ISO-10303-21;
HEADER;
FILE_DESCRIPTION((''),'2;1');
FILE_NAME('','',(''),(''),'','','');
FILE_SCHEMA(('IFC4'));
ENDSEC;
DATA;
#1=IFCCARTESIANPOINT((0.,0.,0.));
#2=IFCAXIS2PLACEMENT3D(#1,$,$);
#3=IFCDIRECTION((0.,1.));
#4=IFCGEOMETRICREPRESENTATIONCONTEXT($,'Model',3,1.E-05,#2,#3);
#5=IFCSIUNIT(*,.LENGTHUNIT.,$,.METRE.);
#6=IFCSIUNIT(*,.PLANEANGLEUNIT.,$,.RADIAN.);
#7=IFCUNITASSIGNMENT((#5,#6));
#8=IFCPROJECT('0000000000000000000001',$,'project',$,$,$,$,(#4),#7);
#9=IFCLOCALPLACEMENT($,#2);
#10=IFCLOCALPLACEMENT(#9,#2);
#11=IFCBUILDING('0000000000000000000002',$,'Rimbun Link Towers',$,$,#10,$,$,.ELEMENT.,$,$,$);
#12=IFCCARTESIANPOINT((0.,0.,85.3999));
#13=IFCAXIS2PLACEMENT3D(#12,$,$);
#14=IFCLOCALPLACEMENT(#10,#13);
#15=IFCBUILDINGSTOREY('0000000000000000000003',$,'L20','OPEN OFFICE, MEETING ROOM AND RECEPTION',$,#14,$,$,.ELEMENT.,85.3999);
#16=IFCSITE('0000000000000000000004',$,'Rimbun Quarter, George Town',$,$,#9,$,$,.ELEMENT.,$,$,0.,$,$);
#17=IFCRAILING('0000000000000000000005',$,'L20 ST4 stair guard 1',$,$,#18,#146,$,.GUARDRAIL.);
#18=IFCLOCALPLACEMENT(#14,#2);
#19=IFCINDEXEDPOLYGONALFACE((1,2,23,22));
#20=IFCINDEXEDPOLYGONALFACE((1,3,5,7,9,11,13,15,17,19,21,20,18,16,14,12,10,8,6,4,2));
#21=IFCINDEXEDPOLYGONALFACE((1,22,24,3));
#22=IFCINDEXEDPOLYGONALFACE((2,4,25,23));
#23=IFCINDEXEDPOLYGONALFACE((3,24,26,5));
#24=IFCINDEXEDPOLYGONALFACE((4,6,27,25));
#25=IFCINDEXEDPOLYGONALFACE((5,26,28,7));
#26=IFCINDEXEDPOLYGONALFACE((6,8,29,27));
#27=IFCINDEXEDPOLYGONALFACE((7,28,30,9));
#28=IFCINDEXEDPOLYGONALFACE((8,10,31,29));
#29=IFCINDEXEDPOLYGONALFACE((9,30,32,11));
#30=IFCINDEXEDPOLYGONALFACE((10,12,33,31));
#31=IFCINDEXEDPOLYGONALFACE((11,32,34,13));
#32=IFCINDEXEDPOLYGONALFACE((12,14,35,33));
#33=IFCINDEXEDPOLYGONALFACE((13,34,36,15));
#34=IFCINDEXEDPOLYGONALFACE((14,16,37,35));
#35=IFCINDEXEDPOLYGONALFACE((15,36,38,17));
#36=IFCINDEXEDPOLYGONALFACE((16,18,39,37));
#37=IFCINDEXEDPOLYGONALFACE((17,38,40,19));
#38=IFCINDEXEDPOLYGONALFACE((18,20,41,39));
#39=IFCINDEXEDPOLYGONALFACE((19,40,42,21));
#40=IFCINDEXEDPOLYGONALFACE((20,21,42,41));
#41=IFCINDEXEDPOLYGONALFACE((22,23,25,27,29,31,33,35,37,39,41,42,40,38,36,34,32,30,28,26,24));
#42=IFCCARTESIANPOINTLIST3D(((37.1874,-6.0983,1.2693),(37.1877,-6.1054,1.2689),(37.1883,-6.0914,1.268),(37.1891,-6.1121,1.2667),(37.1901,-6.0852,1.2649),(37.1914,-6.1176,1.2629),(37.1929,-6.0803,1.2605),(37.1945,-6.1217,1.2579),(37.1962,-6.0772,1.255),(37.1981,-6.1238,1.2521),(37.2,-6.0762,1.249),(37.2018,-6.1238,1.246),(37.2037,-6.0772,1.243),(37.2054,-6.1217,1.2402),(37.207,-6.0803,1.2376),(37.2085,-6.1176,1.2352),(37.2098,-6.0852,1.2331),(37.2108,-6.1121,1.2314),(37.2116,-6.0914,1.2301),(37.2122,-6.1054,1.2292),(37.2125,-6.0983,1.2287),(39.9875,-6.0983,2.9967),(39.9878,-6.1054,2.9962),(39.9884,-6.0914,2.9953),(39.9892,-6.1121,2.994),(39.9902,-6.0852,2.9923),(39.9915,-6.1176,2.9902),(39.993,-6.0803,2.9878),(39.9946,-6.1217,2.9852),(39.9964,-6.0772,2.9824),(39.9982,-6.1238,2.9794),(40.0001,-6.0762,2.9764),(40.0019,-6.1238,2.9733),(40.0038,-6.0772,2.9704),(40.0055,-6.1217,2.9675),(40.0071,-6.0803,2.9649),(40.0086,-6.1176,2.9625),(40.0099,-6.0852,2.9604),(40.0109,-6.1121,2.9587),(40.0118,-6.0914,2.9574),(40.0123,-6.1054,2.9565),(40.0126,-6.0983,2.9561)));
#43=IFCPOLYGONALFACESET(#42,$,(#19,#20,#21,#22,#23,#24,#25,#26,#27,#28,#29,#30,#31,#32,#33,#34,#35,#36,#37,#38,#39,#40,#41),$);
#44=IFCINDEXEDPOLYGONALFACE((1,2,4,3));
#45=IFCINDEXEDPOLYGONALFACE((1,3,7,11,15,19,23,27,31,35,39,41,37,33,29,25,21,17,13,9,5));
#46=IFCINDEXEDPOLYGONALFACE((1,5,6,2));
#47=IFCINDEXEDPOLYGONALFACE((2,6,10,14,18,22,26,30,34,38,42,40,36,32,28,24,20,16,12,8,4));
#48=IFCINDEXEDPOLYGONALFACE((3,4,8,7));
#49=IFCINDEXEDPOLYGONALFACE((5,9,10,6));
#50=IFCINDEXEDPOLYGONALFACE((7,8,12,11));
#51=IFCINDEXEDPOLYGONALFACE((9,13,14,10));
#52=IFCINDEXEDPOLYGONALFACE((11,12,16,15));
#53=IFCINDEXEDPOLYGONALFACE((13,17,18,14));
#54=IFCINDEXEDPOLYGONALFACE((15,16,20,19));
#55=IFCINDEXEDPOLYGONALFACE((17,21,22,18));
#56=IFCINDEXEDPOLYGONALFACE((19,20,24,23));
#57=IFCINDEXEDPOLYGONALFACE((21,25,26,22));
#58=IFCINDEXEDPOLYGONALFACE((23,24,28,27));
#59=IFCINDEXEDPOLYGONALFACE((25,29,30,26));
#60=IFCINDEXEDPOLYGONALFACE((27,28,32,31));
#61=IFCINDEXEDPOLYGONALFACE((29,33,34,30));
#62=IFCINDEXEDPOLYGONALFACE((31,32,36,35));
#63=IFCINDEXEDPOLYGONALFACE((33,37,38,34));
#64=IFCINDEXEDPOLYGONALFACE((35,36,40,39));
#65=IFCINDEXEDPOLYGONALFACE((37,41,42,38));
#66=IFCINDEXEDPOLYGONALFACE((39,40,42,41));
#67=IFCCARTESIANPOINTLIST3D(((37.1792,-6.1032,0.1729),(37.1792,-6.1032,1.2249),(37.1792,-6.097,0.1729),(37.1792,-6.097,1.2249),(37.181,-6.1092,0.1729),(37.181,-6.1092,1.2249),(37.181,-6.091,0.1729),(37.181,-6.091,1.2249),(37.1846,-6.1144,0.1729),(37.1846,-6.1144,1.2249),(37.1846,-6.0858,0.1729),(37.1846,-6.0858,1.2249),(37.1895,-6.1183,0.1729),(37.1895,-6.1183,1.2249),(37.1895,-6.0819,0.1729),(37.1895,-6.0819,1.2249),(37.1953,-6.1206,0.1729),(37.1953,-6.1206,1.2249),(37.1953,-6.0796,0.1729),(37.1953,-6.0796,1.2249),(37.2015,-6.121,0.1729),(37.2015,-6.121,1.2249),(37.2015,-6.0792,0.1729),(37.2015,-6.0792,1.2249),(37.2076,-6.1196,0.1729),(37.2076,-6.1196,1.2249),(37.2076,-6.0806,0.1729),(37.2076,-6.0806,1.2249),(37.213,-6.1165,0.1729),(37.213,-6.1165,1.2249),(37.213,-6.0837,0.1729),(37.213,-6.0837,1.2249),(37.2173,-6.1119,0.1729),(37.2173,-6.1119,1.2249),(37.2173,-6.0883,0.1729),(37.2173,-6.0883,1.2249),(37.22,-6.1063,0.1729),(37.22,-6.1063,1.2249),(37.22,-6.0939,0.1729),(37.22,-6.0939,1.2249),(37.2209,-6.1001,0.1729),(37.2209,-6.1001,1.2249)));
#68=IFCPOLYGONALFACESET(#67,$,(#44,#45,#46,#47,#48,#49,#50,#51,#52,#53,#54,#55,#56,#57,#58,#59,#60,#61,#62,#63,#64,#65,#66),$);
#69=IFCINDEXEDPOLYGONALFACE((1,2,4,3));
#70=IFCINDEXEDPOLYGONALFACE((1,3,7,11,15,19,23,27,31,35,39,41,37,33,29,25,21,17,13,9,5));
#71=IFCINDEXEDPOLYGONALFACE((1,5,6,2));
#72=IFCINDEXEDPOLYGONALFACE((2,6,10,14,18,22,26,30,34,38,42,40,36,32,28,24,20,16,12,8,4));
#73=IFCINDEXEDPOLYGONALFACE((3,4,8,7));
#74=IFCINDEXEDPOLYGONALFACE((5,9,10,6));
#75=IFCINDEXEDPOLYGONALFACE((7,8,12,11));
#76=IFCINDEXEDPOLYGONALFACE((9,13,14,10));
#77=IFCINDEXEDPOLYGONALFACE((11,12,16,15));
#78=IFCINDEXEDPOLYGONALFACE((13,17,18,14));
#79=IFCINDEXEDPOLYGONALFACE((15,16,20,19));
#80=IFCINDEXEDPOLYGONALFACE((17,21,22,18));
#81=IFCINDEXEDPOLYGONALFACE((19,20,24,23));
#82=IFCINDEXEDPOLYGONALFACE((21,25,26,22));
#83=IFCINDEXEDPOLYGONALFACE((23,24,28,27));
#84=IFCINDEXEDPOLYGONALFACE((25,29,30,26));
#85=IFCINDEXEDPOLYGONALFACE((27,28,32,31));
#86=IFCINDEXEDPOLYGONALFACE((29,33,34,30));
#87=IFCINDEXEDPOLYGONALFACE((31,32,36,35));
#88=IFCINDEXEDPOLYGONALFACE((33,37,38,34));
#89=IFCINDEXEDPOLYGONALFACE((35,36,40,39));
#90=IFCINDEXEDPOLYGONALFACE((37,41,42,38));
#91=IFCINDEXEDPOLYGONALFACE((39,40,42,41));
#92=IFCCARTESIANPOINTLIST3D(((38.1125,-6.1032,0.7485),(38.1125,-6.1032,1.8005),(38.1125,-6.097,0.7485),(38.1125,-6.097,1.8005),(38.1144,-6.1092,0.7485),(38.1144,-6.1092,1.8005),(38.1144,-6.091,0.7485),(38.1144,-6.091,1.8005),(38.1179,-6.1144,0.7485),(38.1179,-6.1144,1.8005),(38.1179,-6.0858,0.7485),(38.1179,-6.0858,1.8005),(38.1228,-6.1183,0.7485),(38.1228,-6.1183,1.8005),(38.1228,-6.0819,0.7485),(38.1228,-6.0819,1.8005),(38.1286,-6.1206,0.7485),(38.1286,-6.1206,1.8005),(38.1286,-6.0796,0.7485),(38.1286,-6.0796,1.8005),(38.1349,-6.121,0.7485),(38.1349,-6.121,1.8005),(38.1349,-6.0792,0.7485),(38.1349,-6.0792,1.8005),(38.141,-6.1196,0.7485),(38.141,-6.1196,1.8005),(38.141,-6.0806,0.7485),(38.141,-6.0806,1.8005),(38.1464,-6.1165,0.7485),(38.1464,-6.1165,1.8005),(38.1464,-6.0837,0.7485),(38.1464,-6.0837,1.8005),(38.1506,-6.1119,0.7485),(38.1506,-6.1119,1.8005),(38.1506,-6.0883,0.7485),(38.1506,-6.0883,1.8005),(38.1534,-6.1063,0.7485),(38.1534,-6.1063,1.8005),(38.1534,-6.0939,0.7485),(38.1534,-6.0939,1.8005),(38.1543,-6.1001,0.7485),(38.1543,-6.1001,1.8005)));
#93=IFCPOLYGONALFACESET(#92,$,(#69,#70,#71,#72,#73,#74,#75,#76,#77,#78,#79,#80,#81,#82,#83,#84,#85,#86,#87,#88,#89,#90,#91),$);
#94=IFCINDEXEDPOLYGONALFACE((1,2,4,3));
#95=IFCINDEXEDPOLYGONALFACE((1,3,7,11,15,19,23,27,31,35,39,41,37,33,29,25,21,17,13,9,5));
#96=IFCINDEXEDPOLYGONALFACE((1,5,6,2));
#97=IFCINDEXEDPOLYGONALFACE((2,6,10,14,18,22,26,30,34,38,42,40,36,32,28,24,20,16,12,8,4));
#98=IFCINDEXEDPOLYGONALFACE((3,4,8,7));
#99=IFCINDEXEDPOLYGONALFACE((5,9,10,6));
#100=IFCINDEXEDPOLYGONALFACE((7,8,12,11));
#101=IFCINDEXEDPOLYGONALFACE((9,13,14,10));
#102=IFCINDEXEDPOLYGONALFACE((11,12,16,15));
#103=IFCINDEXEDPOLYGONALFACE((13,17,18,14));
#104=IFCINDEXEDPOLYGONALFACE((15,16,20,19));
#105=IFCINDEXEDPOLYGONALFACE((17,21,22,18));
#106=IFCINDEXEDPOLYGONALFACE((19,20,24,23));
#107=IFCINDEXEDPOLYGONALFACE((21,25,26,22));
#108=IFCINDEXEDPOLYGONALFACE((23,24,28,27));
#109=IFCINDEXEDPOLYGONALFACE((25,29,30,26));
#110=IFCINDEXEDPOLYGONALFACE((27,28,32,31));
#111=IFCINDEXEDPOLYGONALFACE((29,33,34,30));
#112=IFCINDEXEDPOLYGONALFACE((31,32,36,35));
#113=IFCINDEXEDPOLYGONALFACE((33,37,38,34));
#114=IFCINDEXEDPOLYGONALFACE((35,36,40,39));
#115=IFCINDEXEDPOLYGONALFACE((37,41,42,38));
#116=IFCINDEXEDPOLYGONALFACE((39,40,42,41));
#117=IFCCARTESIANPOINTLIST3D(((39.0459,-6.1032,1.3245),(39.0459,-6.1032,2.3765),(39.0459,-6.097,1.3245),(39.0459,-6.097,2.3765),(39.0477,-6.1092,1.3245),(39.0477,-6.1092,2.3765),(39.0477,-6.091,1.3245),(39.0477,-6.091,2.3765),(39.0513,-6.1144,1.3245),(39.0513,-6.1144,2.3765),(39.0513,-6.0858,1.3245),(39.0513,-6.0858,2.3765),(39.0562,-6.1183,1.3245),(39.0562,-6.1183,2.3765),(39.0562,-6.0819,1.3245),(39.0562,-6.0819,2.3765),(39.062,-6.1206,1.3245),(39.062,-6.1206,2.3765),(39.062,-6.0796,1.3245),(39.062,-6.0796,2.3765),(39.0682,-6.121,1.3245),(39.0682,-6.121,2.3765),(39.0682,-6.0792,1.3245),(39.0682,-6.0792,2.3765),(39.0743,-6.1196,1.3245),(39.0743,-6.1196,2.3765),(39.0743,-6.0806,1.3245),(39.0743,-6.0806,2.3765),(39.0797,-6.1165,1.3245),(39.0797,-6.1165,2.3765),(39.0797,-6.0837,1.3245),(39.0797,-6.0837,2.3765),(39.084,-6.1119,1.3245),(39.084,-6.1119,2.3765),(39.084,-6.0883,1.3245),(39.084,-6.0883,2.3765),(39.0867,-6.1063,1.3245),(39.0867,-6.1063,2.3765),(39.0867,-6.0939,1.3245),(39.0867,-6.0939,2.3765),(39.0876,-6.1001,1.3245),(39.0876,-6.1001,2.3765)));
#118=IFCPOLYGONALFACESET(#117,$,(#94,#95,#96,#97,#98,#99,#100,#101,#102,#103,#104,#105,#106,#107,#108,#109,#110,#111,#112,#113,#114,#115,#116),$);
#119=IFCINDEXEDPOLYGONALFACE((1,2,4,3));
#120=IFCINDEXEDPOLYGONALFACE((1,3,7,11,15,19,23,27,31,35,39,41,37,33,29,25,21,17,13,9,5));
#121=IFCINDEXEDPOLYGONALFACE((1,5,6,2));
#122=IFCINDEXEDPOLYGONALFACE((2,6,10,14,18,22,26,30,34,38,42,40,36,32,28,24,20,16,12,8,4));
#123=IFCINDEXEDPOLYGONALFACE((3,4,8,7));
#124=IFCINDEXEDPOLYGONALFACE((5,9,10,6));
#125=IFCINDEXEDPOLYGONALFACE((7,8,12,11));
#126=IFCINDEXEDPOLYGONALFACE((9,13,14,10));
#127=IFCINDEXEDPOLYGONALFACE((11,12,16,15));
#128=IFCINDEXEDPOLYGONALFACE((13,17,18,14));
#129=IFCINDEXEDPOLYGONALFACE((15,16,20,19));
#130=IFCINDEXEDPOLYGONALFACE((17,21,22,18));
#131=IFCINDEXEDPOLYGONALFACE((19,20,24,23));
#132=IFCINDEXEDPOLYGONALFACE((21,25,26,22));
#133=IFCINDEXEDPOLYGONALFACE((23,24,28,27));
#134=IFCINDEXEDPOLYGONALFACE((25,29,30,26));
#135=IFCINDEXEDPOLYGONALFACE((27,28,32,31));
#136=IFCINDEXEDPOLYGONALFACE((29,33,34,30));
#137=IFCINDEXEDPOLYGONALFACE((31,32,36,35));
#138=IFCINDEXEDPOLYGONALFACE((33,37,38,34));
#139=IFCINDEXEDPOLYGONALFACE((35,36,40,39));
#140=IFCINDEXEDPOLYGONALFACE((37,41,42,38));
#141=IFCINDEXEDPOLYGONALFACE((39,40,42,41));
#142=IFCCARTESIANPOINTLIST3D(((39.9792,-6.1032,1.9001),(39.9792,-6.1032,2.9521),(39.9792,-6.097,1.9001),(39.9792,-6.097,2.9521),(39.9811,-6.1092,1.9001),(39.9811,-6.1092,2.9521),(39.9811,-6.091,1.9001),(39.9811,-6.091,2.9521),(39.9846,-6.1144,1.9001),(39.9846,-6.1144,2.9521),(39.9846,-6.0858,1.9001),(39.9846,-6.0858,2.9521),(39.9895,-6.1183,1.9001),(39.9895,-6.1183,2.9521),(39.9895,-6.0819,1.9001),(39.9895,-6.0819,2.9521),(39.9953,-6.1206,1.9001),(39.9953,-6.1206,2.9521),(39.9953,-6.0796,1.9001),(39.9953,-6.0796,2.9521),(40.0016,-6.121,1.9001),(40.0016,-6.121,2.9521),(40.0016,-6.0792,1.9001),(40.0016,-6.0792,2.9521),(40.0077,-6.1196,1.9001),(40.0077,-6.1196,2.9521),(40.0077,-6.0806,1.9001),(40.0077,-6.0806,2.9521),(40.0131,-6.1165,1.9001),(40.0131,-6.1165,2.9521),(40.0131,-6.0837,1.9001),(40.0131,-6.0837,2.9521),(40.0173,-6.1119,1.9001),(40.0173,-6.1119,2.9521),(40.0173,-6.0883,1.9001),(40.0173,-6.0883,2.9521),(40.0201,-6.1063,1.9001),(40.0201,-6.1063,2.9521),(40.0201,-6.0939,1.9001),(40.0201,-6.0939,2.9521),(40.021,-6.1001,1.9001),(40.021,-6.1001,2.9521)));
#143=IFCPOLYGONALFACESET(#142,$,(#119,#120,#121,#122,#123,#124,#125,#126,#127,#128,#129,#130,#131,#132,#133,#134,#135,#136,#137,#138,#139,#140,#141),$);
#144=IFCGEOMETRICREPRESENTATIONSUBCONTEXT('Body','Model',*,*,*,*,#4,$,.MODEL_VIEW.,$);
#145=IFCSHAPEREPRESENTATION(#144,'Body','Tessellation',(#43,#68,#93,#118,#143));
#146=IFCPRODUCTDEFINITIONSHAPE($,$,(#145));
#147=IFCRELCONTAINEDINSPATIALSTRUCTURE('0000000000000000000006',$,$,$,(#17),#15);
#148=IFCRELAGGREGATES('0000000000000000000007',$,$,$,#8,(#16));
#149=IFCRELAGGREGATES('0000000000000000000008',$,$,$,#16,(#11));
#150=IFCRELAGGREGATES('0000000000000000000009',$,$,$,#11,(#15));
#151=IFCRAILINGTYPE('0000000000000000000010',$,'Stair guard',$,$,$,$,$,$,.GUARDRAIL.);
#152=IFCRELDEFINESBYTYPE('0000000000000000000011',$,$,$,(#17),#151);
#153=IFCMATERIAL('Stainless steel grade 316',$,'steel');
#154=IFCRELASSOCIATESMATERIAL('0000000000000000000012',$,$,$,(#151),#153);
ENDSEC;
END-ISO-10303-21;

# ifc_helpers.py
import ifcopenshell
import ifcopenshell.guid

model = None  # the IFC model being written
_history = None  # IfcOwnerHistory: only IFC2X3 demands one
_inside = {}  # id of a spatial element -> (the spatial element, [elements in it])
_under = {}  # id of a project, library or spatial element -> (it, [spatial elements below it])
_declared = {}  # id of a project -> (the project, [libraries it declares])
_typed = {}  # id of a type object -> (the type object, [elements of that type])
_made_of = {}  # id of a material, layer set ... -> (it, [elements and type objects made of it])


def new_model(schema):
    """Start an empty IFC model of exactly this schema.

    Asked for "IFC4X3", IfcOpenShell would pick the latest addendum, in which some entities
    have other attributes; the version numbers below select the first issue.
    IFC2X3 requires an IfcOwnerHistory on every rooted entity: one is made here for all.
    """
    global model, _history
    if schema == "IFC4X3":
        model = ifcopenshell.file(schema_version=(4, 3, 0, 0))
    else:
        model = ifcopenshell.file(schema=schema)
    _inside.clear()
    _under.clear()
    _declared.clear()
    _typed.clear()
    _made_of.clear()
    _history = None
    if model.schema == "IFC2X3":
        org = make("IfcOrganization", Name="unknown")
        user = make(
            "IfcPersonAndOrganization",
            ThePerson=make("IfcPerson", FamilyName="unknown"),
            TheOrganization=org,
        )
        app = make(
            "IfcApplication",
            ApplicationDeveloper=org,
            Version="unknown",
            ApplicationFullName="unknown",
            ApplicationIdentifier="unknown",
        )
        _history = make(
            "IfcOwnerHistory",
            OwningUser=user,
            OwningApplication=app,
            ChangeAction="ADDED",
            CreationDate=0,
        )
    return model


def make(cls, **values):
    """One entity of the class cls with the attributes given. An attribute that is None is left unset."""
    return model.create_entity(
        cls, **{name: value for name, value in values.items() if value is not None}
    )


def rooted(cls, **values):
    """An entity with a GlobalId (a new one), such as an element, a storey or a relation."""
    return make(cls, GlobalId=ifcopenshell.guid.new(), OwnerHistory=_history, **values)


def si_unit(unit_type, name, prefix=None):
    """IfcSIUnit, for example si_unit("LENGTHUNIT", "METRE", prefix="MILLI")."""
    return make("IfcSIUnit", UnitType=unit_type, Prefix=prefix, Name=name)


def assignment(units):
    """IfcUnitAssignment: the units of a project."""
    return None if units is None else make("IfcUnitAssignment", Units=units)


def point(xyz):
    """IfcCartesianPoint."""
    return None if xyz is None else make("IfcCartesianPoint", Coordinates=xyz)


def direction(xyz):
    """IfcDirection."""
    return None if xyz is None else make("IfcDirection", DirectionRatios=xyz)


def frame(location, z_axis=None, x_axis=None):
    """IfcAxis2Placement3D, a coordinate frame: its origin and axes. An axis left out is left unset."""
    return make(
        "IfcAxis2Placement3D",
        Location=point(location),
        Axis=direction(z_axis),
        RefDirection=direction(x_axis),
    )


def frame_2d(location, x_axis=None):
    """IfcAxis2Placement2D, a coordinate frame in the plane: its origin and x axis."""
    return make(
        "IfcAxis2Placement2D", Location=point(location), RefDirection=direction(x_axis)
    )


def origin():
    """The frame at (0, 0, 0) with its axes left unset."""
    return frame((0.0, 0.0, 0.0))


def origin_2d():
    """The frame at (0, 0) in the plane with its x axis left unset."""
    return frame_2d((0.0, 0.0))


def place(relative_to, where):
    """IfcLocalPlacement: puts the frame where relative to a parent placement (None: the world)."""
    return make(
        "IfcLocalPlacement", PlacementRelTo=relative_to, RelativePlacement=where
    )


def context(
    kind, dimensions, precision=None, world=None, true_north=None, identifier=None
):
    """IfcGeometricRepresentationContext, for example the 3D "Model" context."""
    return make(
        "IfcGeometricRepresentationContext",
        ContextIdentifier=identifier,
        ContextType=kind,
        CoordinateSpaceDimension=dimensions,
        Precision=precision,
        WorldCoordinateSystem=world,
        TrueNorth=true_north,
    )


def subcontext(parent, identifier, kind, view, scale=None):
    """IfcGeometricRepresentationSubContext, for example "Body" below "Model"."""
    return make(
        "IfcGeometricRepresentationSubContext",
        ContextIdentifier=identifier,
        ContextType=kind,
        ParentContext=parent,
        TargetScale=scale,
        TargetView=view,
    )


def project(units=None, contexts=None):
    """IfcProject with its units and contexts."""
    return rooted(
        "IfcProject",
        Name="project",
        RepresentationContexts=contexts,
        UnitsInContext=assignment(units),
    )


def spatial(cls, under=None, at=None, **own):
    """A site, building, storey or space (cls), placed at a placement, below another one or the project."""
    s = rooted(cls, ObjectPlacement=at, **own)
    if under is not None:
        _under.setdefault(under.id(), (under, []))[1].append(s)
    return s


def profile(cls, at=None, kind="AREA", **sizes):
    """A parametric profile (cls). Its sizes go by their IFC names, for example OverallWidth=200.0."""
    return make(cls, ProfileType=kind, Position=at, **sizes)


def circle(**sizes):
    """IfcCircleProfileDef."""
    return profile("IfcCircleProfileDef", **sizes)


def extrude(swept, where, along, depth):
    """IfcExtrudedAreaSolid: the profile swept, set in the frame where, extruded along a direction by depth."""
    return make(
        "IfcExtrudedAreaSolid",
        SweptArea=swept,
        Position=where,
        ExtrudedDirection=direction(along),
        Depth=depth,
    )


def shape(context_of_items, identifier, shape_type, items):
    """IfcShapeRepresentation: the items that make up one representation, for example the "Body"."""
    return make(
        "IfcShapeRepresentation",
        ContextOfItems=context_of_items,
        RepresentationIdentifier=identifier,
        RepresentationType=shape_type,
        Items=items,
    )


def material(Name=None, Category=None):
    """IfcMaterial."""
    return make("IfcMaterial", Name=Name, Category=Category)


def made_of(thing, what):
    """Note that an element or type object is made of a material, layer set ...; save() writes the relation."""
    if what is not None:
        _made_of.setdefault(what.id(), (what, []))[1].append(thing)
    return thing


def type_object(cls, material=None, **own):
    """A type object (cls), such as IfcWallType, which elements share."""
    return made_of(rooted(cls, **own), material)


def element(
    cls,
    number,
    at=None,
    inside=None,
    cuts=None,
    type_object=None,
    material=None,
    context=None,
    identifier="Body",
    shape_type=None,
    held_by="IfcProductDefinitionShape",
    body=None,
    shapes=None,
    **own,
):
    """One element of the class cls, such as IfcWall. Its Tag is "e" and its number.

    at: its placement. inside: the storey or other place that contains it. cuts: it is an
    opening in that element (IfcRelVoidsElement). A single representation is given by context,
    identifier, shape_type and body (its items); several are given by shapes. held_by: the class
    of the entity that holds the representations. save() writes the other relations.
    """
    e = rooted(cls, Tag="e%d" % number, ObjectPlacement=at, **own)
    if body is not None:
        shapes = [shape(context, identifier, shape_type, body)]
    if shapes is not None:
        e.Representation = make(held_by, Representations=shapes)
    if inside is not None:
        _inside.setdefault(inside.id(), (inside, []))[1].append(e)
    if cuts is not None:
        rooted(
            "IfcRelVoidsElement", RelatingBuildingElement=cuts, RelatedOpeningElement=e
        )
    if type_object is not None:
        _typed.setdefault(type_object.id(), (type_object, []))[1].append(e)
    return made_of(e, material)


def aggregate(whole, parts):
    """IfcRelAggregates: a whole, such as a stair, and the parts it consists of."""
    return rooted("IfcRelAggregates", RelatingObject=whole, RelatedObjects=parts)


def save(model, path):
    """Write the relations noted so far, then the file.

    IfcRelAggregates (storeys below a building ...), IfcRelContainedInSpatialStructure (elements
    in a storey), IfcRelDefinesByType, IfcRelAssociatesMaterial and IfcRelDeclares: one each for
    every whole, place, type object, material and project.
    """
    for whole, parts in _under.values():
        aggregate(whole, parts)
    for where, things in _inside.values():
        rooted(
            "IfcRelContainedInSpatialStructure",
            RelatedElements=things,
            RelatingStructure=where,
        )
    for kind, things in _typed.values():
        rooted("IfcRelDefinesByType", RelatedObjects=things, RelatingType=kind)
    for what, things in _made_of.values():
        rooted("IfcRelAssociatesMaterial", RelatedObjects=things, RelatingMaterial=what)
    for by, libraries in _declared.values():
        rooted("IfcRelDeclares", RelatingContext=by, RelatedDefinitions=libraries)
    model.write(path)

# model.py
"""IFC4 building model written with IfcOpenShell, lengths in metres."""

from ifc_helpers import new_model, si_unit, direction, frame, origin, origin_2d, place, context, subcontext, project, spatial, circle, extrude, material, type_object, element, save


model = new_model("IFC4")

# Units and contexts
model_context = context("Model", 3, precision=1e-05, world=origin(), true_north=direction((0.0, 1.0)))
body_context = subcontext(model_context, "Body", "Model", "MODEL_VIEW")
ifc_project = project(units=[si_unit("LENGTHUNIT", "METRE"), si_unit("PLANEANGLEUNIT", "RADIAN")], contexts=[model_context])

# Site, building, storey
site_placement = place(None, origin())
site = spatial("IfcSite", under=ifc_project, at=site_placement, Name="Rimbun Quarter, George Town", CompositionType="ELEMENT", RefElevation=0.0)
building_placement = place(site_placement, origin())
building = spatial("IfcBuilding", under=site, at=building_placement, Name="Rimbun Link Towers", CompositionType="ELEMENT")
storey_placement = place(building_placement, frame((0.0, 0.0, 85.3999)))
storey = spatial("IfcBuildingStorey", under=building, at=storey_placement, Name="L20", Description="OPEN OFFICE, MEETING ROOM AND RECEPTION", CompositionType="ELEMENT", Elevation=85.3999)

# Railing
ifc_material_1 = material(Name="Stainless steel grade 316", Category="steel")
railing_type_1 = type_object("IfcRailingType", Name="Stair guard", PredefinedType="GUARDRAIL", material=ifc_material_1)
railing_1_placement = place(storey_placement, frame((37.2, -6.1001, 0.1729)))
element("IfcRailing", 1, at=railing_1_placement, inside=storey, type_object=railing_type_1, Name="L20 ST4 stair guard 1", PredefinedType="GUARDRAIL", context=body_context, shape_type="SweptSolid", body=[
    extrude(circle(Radius=0.0239, at=origin_2d()), frame((0.0, 0.0, 1.0762), z_axis=(0.85109, 0.0, 0.52502), x_axis=(0.0, 1.0, 0.0)), (0.0, 0.0, 1.0), 3.29),
    extrude(circle(Radius=0.021, at=origin_2d()), origin(), (0.0, 0.0, 1.0), 1.052),
    extrude(circle(Radius=0.021, at=origin_2d()), frame((0.9333, 0.0, 0.5757)), (0.0, 0.0, 1.0), 1.052),
    extrude(circle(Radius=0.021, at=origin_2d()), frame((1.8667, 0.0, 1.1516)), (0.0, 0.0, 1.0), 1.052),
    extrude(circle(Radius=0.021, at=origin_2d()), frame((2.8, 0.0, 1.7273)), (0.0, 0.0, 1.0), 1.052),
])

save(model, "model.ifc")
